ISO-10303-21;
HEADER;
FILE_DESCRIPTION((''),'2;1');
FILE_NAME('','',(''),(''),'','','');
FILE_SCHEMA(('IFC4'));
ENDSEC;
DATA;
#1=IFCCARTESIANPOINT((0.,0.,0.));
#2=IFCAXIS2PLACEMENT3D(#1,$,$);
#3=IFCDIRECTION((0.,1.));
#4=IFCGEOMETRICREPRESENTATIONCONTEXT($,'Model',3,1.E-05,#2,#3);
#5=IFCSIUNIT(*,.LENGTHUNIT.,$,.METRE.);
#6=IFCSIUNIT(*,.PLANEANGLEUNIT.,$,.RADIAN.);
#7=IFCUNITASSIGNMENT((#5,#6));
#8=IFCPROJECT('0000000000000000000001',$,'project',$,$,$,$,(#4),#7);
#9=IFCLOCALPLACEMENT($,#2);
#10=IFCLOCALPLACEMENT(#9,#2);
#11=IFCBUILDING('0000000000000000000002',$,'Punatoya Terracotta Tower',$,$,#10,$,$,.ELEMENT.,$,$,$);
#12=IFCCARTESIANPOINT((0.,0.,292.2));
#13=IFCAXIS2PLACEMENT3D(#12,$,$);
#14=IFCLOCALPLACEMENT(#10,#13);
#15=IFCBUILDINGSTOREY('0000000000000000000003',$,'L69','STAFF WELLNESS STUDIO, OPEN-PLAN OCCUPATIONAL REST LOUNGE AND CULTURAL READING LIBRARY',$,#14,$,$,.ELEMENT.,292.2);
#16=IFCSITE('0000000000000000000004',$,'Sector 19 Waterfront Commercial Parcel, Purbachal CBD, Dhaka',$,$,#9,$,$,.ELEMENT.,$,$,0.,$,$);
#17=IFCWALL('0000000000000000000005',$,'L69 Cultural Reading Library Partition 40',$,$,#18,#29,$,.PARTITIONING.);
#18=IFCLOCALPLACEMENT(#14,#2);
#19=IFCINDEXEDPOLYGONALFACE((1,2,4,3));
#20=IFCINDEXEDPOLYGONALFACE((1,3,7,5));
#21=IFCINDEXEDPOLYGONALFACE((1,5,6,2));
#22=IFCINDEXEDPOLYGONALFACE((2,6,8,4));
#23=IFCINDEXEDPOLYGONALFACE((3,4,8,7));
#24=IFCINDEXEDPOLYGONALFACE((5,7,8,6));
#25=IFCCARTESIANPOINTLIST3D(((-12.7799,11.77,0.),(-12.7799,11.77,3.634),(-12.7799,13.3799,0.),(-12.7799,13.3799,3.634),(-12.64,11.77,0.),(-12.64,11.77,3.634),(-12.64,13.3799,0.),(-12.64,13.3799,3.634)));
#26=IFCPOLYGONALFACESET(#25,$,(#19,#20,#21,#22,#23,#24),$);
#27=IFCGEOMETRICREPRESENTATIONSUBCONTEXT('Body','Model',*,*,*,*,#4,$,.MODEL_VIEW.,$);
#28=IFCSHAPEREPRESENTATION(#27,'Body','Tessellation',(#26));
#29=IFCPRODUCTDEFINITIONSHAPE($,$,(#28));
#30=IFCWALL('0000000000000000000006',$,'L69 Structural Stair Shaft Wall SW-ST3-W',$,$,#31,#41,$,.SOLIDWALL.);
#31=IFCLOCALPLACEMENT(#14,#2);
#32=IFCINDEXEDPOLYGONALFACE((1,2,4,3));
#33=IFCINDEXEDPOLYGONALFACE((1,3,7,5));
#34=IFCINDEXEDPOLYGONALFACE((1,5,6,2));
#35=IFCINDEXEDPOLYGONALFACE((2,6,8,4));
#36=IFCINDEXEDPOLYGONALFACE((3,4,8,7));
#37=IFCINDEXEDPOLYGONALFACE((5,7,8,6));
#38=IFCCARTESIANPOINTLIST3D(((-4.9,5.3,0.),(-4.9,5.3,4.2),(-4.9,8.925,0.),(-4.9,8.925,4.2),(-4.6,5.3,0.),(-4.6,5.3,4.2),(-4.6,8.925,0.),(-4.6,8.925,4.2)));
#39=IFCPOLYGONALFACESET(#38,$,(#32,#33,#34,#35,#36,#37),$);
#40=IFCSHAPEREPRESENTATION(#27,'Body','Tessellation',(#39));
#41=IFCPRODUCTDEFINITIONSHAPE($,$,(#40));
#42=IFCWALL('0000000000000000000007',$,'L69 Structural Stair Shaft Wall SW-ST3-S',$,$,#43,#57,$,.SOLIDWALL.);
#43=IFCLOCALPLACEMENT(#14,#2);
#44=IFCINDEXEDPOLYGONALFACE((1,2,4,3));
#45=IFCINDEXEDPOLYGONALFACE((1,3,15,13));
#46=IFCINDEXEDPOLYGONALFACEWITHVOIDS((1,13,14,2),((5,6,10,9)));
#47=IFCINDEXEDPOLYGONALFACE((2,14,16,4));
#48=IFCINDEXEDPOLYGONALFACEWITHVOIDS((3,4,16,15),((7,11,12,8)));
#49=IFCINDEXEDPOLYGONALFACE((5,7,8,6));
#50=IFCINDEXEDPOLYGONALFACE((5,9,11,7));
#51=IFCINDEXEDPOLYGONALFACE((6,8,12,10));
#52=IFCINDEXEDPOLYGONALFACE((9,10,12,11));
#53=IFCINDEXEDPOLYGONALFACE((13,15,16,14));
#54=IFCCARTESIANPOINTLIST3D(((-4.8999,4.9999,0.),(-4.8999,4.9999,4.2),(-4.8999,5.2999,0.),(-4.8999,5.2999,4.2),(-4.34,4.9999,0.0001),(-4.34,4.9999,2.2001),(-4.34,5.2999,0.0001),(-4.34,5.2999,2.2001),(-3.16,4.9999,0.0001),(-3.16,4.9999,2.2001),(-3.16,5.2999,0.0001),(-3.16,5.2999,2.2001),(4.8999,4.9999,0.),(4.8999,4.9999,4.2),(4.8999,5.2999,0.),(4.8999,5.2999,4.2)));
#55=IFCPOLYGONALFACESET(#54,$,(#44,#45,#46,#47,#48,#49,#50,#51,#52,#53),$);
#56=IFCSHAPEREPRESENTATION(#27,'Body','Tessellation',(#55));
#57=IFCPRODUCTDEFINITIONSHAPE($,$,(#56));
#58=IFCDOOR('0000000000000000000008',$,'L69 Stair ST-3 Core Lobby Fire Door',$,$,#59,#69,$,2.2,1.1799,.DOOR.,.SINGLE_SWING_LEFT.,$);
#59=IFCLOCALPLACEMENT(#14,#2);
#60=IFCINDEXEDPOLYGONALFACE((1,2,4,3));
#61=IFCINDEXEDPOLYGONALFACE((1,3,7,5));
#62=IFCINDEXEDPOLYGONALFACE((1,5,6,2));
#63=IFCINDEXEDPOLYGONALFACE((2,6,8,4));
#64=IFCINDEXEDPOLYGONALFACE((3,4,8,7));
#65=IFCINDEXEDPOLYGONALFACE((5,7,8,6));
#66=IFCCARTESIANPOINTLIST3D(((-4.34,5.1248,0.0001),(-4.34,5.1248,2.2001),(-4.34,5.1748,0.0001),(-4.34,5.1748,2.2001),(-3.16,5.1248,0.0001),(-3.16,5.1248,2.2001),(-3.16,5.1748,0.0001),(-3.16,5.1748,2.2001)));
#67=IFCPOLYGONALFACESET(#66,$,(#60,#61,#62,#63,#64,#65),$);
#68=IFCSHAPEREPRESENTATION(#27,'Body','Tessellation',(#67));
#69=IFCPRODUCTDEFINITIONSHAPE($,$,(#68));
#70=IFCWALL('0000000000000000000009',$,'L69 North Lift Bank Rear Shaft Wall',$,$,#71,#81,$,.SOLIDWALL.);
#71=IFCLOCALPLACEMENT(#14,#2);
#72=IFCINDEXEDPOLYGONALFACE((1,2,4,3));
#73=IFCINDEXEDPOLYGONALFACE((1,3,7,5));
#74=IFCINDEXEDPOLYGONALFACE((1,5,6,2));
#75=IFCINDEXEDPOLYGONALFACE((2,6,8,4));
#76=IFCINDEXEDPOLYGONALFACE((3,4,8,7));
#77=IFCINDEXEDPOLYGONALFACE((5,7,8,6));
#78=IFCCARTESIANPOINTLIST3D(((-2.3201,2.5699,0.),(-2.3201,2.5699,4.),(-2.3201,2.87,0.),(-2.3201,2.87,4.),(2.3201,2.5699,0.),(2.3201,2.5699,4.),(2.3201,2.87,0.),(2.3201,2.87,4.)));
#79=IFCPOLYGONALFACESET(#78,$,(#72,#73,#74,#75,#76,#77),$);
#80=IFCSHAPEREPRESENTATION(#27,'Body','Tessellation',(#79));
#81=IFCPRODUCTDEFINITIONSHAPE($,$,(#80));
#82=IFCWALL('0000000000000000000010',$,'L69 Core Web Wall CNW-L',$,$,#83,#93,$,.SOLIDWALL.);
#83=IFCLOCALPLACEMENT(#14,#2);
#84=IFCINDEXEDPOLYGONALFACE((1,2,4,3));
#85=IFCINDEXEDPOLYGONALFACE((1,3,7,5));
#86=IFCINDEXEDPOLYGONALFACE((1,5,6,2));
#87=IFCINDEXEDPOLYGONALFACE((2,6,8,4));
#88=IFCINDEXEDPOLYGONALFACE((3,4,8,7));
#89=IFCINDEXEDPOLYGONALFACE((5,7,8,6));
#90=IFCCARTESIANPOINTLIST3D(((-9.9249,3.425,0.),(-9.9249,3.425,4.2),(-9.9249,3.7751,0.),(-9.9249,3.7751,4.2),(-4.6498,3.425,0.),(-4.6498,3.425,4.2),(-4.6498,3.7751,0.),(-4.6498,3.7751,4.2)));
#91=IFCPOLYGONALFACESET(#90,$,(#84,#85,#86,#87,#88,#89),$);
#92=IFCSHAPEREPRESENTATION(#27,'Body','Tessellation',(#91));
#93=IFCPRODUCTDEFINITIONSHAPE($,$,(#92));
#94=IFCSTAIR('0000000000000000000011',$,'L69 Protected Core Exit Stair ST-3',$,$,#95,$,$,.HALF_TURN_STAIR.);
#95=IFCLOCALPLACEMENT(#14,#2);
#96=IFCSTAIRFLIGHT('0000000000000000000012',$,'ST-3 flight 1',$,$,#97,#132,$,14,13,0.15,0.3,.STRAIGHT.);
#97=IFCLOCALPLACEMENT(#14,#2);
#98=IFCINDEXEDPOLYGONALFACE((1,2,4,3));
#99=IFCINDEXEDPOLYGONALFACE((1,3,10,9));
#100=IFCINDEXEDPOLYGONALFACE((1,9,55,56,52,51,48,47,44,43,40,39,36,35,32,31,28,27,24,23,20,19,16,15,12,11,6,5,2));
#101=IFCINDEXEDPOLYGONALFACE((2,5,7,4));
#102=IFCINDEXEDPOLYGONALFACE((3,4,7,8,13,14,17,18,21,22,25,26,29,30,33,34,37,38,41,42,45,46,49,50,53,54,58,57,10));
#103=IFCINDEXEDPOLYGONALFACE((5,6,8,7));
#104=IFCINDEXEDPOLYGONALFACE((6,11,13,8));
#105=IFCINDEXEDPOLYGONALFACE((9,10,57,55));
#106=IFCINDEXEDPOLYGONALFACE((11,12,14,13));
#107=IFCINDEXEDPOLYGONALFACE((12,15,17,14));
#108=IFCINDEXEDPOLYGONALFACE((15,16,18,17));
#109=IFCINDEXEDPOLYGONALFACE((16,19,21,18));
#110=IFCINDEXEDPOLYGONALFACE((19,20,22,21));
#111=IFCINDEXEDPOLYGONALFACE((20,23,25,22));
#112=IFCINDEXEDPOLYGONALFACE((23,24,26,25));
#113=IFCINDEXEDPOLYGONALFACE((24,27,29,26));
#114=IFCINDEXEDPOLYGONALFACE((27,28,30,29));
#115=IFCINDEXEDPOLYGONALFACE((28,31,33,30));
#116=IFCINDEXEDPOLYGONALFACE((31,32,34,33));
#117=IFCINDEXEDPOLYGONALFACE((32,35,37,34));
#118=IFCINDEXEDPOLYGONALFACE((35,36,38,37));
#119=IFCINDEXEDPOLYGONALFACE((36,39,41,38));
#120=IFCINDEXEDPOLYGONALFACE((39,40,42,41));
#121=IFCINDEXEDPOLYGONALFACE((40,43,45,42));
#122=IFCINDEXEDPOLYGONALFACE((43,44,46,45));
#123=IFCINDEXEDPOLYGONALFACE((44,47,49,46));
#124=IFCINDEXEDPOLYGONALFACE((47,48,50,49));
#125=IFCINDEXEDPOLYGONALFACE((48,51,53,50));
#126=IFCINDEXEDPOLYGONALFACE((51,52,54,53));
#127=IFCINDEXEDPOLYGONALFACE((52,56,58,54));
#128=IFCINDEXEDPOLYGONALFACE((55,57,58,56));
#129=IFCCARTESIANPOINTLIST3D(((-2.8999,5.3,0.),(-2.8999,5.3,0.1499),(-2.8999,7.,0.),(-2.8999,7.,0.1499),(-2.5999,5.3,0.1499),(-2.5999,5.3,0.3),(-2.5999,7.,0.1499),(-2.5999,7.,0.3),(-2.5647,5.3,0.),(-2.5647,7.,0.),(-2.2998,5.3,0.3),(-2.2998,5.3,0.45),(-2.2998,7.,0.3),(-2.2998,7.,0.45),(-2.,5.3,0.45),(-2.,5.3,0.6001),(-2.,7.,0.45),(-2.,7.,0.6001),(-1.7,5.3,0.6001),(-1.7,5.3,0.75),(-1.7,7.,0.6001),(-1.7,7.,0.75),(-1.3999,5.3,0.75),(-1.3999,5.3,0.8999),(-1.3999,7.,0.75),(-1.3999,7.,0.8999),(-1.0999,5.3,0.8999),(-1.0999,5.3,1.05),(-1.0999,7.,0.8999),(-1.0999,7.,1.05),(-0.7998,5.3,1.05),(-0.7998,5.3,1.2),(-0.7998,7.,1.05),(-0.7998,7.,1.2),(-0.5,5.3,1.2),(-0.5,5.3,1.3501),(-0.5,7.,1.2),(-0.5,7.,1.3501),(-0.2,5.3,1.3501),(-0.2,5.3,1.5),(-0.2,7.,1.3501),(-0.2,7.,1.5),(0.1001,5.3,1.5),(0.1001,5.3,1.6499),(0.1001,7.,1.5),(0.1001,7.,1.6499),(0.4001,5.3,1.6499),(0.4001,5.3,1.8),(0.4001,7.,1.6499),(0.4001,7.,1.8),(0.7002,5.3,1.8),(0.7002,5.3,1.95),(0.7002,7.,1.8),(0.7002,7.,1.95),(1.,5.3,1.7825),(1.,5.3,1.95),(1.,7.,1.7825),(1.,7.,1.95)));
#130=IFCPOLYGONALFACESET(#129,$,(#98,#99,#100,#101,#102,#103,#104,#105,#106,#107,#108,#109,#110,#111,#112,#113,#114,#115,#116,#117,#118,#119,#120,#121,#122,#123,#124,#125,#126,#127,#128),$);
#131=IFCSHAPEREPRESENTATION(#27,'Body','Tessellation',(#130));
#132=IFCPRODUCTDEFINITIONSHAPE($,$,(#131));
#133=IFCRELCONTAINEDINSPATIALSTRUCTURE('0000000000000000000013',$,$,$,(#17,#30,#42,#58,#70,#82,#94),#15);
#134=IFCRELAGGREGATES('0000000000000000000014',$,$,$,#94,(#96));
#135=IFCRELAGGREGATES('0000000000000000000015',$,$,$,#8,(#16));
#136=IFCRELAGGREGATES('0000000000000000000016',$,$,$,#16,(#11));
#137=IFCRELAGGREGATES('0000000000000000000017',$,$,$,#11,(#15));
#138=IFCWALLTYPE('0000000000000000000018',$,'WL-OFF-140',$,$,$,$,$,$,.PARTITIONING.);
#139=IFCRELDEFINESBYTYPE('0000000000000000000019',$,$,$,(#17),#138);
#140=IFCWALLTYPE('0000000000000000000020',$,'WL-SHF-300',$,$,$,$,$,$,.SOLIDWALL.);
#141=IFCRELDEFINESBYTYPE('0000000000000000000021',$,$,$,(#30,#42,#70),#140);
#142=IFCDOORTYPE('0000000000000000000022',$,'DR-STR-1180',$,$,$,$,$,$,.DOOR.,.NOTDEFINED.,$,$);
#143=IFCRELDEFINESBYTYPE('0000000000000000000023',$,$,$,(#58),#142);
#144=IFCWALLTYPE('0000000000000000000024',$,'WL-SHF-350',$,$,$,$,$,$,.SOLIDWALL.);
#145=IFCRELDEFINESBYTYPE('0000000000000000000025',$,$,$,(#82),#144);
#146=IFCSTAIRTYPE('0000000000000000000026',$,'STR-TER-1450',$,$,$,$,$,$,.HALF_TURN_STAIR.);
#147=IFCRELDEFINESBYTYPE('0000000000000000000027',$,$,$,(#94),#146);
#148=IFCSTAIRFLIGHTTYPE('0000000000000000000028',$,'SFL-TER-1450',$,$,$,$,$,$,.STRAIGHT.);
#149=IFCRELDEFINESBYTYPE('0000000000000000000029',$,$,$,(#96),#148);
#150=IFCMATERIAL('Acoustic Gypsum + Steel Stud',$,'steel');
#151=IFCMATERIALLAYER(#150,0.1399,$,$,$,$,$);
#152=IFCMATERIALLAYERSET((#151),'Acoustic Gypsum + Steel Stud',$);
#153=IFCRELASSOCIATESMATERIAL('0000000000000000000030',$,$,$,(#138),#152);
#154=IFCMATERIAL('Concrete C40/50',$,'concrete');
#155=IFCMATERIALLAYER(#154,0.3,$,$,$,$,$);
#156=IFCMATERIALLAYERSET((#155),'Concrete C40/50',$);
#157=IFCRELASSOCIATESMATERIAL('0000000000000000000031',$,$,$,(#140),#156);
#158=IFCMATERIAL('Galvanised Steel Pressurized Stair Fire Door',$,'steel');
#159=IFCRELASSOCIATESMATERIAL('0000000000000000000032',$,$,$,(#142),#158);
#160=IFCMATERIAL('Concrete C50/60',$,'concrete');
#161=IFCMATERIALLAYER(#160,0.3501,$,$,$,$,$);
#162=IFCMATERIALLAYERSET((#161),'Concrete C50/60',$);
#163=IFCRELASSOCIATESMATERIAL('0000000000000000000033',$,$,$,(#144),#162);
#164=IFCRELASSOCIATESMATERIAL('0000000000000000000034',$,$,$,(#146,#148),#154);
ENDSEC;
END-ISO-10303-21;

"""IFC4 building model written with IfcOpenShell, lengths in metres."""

from ifc_helpers import new_model, si_unit, direction, frame, frame_2d, origin, place, context, subcontext, project, spatial, polyline, rectangle, outline, extrude, material, layer, layer_set, type_object, element, fill, aggregate, save


model = new_model("IFC4")

# Units and contexts
model_context = context("Model", 3, precision=1e-05, world=origin(), true_north=direction((0.0, 1.0)))
body_context = subcontext(model_context, "Body", "Model", "MODEL_VIEW")
ifc_project = project(units=[si_unit("LENGTHUNIT", "METRE"), si_unit("PLANEANGLEUNIT", "RADIAN")], contexts=[model_context])

# Site, building, storey
site_placement = place(None, origin())
site = spatial("IfcSite", under=ifc_project, at=site_placement, Name="Sector 19 Waterfront Commercial Parcel, Purbachal CBD, Dhaka", CompositionType="ELEMENT", RefElevation=0.0)
building_placement = place(site_placement, origin())
building = spatial("IfcBuilding", under=site, at=building_placement, Name="Punatoya Terracotta Tower", CompositionType="ELEMENT")
storey_placement = place(building_placement, frame((0.0, 0.0, 292.2)))
storey = spatial("IfcBuildingStorey", under=building, at=storey_placement, Name="L69", Description="STAFF WELLNESS STUDIO, OPEN-PLAN OCCUPATIONAL REST LOUNGE AND CULTURAL READING LIBRARY", CompositionType="ELEMENT", Elevation=292.2)

# Shared definitions
ifc_material_1 = material(Name="Concrete C50/60", Category="concrete")

# Shared definitions
ifc_material_2 = material(Name="Concrete C40/50", Category="concrete")

# Walls
ifc_material_3 = material(Name="Acoustic Gypsum + Steel Stud", Category="steel")
ifc_layer_1 = layer(ifc_material_3, 0.1399)
ifc_layer_set_1 = layer_set([ifc_layer_1], Name="Acoustic Gypsum + Steel Stud")
wall_type_1 = type_object("IfcWallType", Name="WL-OFF-140", PredefinedType="PARTITIONING", material=ifc_layer_set_1)
wall_1_placement = place(storey_placement, frame((-12.71, 13.3799, 0.0), z_axis=(0.0, 0.0, 1.0), x_axis=(0.0, -1.0, 0.0)))
element("IfcWall", 1, at=wall_1_placement, inside=storey, type_object=wall_type_1, Name="L69 Cultural Reading Library Partition 40", PredefinedType="PARTITIONING", context=body_context, shape_type="SweptSolid", body=[
    extrude(rectangle(XDim=1.6099, YDim=0.1399, at=frame_2d((0.8049, 0.0))), origin(), (0.0, 0.0, 1.0), 3.634),
])
ifc_layer_2 = layer(ifc_material_2, 0.3)
ifc_layer_set_2 = layer_set([ifc_layer_2], Name="Concrete C40/50")
wall_type_2 = type_object("IfcWallType", Name="WL-SHF-300", PredefinedType="SOLIDWALL", material=ifc_layer_set_2)
wall_2_placement = place(storey_placement, frame((-4.75, 5.3, 0.0), z_axis=(0.0, 0.0, 1.0), x_axis=(0.0, 1.0, 0.0)))
element("IfcWall", 2, at=wall_2_placement, inside=storey, type_object=wall_type_2, Name="L69 Structural Stair Shaft Wall SW-ST3-W", PredefinedType="SOLIDWALL", context=body_context, shape_type="SweptSolid", body=[
    extrude(rectangle(XDim=3.625, YDim=0.3, at=frame_2d((1.8125, 0.0))), origin(), (0.0, 0.0, 1.0), 4.2),
])

# Wall, opening, door
wall_3_placement = place(storey_placement, frame((-4.8999, 5.1499, 0.0), z_axis=(0.0, 0.0, 1.0), x_axis=(1.0, 0.0, 0.0)))
wall_3 = element("IfcWall", 3, at=wall_3_placement, inside=storey, type_object=wall_type_2, Name="L69 Structural Stair Shaft Wall SW-ST3-S", PredefinedType="SOLIDWALL", context=body_context, shape_type="SweptSolid", body=[
    extrude(rectangle(XDim=9.7998, YDim=0.3, at=frame_2d((4.8999, 0.0))), origin(), (0.0, 0.0, 1.0), 4.2),
])
opening_1_placement = place(wall_3_placement, frame((0.5601, 0.0, 0.0)))
opening_1 = element("IfcOpeningElement", 4, at=opening_1_placement, cuts=wall_3, PredefinedType="OPENING", context=body_context, shape_type="SweptSolid", body=[
    extrude(rectangle(XDim=1.1799, YDim=2.2, at=frame_2d((0.5898, 1.1001))), frame((0.0, 0.1599, 0.0), z_axis=(0.0, -1.0, 0.0), x_axis=(1.0, 0.0, 0.0)), (0.0, 0.0, 1.0), 0.3201),
])
ifc_material_4 = material(Name="Galvanised Steel Pressurized Stair Fire Door", Category="steel")
door_type_1 = type_object("IfcDoorType", Name="DR-STR-1180", OperationType="NOTDEFINED", PredefinedType="DOOR", material=ifc_material_4)
door_1_placement = place(opening_1_placement, origin())
door_1 = element("IfcDoor", 5, at=door_1_placement, inside=storey, type_object=door_type_1, Name="L69 Stair ST-3 Core Lobby Fire Door", OperationType="SINGLE_SWING_LEFT", OverallHeight=2.2, OverallWidth=1.1799, PredefinedType="DOOR", context=body_context, shape_type="SweptSolid", body=[
    extrude(rectangle(XDim=1.1799, YDim=2.2, at=frame_2d((0.5898, 1.1001))), frame((0.0, 0.0249, 0.0), z_axis=(0.0, -1.0, 0.0), x_axis=(1.0, 0.0, 0.0)), (0.0, 0.0, 1.0), 0.05),
])
fill(opening_1, door_1)

# Walls
wall_4_placement = place(storey_placement, frame((-2.3201, 2.72, 0.0), z_axis=(0.0, 0.0, 1.0), x_axis=(1.0, 0.0, 0.0)))
element("IfcWall", 6, at=wall_4_placement, inside=storey, type_object=wall_type_2, Name="L69 North Lift Bank Rear Shaft Wall", PredefinedType="SOLIDWALL", context=body_context, shape_type="SweptSolid", body=[
    extrude(rectangle(XDim=4.6401, YDim=0.3, at=frame_2d((2.3201, 0.0))), origin(), (0.0, 0.0, 1.0), 4.0),
])
ifc_layer_3 = layer(ifc_material_1, 0.3501)
ifc_layer_set_3 = layer_set([ifc_layer_3], Name="Concrete C50/60")
wall_type_3 = type_object("IfcWallType", Name="WL-SHF-350", PredefinedType="SOLIDWALL", material=ifc_layer_set_3)
wall_5_placement = place(storey_placement, frame((-9.925, 3.6001, 0.0), z_axis=(0.0, 0.0, 1.0), x_axis=(1.0, 0.0, 0.0)))
element("IfcWall", 7, at=wall_5_placement, inside=storey, type_object=wall_type_3, Name="L69 Core Web Wall CNW-L", PredefinedType="SOLIDWALL", context=body_context, shape_type="SweptSolid", body=[
    extrude(rectangle(XDim=5.2751, YDim=0.3501, at=frame_2d((2.6377, 0.0))), origin(), (0.0, 0.0, 1.0), 4.2),
])

# Stair, stair flight
stair_type = type_object("IfcStairType", Name="STR-TER-1450", PredefinedType="HALF_TURN_STAIR", material=ifc_material_2)
stair_placement = place(storey_placement, origin())
stair = element("IfcStair", 8, at=stair_placement, inside=storey, type_object=stair_type, Name="L69 Protected Core Exit Stair ST-3", PredefinedType="HALF_TURN_STAIR")
stair_flight_type = type_object("IfcStairFlightType", Name="SFL-TER-1450", PredefinedType="STRAIGHT", material=ifc_material_2)
stair_flight_placement = place(storey_placement, frame((-2.8999, 6.1499, 0.0), z_axis=(0.0, 0.0, 1.0), x_axis=(1.0, 0.0, 0.0)))
stair_flight = element("IfcStairFlight", 9, at=stair_flight_placement, type_object=stair_flight_type, Name="ST-3 flight 1", NumberOfRisers=14, NumberOfTreads=13, PredefinedType="STRAIGHT", RiserHeight=0.15, TreadLength=0.3, context=body_context, shape_type="SweptSolid", body=[
    extrude(outline(polyline([(0.0, 0.0), (0.0, 0.1499), (0.3, 0.1499), (0.3, 0.3), (0.6001, 0.3), (0.6001, 0.45), (0.8999, 0.45), (0.8999, 0.6001), (1.2, 0.6001), (1.2, 0.75), (1.5, 0.75), (1.5, 0.8999), (1.8, 0.8999), (1.8, 1.05), (2.1001, 1.05), (2.1001, 1.2), (2.3999, 1.2), (2.3999, 1.3501), (2.7, 1.3501), (2.7, 1.5), (3.0, 1.5), (3.0, 1.6499), (3.3, 1.6499), (3.3, 1.8), (3.6001, 1.8), (3.6001, 1.95), (3.8999, 1.95), (3.8999, 2.1001), (3.8999, 1.7825), (0.3352, 0.0), (0.0, 0.0)])), frame((0.0, 0.8501, 0.0), z_axis=(0.0, -1.0, 0.0), x_axis=(1.0, 0.0, 0.0)), (0.0, 0.0, 1.0), 1.7),
])
aggregate(stair, [stair_flight])

save(model, "model.ifc")
